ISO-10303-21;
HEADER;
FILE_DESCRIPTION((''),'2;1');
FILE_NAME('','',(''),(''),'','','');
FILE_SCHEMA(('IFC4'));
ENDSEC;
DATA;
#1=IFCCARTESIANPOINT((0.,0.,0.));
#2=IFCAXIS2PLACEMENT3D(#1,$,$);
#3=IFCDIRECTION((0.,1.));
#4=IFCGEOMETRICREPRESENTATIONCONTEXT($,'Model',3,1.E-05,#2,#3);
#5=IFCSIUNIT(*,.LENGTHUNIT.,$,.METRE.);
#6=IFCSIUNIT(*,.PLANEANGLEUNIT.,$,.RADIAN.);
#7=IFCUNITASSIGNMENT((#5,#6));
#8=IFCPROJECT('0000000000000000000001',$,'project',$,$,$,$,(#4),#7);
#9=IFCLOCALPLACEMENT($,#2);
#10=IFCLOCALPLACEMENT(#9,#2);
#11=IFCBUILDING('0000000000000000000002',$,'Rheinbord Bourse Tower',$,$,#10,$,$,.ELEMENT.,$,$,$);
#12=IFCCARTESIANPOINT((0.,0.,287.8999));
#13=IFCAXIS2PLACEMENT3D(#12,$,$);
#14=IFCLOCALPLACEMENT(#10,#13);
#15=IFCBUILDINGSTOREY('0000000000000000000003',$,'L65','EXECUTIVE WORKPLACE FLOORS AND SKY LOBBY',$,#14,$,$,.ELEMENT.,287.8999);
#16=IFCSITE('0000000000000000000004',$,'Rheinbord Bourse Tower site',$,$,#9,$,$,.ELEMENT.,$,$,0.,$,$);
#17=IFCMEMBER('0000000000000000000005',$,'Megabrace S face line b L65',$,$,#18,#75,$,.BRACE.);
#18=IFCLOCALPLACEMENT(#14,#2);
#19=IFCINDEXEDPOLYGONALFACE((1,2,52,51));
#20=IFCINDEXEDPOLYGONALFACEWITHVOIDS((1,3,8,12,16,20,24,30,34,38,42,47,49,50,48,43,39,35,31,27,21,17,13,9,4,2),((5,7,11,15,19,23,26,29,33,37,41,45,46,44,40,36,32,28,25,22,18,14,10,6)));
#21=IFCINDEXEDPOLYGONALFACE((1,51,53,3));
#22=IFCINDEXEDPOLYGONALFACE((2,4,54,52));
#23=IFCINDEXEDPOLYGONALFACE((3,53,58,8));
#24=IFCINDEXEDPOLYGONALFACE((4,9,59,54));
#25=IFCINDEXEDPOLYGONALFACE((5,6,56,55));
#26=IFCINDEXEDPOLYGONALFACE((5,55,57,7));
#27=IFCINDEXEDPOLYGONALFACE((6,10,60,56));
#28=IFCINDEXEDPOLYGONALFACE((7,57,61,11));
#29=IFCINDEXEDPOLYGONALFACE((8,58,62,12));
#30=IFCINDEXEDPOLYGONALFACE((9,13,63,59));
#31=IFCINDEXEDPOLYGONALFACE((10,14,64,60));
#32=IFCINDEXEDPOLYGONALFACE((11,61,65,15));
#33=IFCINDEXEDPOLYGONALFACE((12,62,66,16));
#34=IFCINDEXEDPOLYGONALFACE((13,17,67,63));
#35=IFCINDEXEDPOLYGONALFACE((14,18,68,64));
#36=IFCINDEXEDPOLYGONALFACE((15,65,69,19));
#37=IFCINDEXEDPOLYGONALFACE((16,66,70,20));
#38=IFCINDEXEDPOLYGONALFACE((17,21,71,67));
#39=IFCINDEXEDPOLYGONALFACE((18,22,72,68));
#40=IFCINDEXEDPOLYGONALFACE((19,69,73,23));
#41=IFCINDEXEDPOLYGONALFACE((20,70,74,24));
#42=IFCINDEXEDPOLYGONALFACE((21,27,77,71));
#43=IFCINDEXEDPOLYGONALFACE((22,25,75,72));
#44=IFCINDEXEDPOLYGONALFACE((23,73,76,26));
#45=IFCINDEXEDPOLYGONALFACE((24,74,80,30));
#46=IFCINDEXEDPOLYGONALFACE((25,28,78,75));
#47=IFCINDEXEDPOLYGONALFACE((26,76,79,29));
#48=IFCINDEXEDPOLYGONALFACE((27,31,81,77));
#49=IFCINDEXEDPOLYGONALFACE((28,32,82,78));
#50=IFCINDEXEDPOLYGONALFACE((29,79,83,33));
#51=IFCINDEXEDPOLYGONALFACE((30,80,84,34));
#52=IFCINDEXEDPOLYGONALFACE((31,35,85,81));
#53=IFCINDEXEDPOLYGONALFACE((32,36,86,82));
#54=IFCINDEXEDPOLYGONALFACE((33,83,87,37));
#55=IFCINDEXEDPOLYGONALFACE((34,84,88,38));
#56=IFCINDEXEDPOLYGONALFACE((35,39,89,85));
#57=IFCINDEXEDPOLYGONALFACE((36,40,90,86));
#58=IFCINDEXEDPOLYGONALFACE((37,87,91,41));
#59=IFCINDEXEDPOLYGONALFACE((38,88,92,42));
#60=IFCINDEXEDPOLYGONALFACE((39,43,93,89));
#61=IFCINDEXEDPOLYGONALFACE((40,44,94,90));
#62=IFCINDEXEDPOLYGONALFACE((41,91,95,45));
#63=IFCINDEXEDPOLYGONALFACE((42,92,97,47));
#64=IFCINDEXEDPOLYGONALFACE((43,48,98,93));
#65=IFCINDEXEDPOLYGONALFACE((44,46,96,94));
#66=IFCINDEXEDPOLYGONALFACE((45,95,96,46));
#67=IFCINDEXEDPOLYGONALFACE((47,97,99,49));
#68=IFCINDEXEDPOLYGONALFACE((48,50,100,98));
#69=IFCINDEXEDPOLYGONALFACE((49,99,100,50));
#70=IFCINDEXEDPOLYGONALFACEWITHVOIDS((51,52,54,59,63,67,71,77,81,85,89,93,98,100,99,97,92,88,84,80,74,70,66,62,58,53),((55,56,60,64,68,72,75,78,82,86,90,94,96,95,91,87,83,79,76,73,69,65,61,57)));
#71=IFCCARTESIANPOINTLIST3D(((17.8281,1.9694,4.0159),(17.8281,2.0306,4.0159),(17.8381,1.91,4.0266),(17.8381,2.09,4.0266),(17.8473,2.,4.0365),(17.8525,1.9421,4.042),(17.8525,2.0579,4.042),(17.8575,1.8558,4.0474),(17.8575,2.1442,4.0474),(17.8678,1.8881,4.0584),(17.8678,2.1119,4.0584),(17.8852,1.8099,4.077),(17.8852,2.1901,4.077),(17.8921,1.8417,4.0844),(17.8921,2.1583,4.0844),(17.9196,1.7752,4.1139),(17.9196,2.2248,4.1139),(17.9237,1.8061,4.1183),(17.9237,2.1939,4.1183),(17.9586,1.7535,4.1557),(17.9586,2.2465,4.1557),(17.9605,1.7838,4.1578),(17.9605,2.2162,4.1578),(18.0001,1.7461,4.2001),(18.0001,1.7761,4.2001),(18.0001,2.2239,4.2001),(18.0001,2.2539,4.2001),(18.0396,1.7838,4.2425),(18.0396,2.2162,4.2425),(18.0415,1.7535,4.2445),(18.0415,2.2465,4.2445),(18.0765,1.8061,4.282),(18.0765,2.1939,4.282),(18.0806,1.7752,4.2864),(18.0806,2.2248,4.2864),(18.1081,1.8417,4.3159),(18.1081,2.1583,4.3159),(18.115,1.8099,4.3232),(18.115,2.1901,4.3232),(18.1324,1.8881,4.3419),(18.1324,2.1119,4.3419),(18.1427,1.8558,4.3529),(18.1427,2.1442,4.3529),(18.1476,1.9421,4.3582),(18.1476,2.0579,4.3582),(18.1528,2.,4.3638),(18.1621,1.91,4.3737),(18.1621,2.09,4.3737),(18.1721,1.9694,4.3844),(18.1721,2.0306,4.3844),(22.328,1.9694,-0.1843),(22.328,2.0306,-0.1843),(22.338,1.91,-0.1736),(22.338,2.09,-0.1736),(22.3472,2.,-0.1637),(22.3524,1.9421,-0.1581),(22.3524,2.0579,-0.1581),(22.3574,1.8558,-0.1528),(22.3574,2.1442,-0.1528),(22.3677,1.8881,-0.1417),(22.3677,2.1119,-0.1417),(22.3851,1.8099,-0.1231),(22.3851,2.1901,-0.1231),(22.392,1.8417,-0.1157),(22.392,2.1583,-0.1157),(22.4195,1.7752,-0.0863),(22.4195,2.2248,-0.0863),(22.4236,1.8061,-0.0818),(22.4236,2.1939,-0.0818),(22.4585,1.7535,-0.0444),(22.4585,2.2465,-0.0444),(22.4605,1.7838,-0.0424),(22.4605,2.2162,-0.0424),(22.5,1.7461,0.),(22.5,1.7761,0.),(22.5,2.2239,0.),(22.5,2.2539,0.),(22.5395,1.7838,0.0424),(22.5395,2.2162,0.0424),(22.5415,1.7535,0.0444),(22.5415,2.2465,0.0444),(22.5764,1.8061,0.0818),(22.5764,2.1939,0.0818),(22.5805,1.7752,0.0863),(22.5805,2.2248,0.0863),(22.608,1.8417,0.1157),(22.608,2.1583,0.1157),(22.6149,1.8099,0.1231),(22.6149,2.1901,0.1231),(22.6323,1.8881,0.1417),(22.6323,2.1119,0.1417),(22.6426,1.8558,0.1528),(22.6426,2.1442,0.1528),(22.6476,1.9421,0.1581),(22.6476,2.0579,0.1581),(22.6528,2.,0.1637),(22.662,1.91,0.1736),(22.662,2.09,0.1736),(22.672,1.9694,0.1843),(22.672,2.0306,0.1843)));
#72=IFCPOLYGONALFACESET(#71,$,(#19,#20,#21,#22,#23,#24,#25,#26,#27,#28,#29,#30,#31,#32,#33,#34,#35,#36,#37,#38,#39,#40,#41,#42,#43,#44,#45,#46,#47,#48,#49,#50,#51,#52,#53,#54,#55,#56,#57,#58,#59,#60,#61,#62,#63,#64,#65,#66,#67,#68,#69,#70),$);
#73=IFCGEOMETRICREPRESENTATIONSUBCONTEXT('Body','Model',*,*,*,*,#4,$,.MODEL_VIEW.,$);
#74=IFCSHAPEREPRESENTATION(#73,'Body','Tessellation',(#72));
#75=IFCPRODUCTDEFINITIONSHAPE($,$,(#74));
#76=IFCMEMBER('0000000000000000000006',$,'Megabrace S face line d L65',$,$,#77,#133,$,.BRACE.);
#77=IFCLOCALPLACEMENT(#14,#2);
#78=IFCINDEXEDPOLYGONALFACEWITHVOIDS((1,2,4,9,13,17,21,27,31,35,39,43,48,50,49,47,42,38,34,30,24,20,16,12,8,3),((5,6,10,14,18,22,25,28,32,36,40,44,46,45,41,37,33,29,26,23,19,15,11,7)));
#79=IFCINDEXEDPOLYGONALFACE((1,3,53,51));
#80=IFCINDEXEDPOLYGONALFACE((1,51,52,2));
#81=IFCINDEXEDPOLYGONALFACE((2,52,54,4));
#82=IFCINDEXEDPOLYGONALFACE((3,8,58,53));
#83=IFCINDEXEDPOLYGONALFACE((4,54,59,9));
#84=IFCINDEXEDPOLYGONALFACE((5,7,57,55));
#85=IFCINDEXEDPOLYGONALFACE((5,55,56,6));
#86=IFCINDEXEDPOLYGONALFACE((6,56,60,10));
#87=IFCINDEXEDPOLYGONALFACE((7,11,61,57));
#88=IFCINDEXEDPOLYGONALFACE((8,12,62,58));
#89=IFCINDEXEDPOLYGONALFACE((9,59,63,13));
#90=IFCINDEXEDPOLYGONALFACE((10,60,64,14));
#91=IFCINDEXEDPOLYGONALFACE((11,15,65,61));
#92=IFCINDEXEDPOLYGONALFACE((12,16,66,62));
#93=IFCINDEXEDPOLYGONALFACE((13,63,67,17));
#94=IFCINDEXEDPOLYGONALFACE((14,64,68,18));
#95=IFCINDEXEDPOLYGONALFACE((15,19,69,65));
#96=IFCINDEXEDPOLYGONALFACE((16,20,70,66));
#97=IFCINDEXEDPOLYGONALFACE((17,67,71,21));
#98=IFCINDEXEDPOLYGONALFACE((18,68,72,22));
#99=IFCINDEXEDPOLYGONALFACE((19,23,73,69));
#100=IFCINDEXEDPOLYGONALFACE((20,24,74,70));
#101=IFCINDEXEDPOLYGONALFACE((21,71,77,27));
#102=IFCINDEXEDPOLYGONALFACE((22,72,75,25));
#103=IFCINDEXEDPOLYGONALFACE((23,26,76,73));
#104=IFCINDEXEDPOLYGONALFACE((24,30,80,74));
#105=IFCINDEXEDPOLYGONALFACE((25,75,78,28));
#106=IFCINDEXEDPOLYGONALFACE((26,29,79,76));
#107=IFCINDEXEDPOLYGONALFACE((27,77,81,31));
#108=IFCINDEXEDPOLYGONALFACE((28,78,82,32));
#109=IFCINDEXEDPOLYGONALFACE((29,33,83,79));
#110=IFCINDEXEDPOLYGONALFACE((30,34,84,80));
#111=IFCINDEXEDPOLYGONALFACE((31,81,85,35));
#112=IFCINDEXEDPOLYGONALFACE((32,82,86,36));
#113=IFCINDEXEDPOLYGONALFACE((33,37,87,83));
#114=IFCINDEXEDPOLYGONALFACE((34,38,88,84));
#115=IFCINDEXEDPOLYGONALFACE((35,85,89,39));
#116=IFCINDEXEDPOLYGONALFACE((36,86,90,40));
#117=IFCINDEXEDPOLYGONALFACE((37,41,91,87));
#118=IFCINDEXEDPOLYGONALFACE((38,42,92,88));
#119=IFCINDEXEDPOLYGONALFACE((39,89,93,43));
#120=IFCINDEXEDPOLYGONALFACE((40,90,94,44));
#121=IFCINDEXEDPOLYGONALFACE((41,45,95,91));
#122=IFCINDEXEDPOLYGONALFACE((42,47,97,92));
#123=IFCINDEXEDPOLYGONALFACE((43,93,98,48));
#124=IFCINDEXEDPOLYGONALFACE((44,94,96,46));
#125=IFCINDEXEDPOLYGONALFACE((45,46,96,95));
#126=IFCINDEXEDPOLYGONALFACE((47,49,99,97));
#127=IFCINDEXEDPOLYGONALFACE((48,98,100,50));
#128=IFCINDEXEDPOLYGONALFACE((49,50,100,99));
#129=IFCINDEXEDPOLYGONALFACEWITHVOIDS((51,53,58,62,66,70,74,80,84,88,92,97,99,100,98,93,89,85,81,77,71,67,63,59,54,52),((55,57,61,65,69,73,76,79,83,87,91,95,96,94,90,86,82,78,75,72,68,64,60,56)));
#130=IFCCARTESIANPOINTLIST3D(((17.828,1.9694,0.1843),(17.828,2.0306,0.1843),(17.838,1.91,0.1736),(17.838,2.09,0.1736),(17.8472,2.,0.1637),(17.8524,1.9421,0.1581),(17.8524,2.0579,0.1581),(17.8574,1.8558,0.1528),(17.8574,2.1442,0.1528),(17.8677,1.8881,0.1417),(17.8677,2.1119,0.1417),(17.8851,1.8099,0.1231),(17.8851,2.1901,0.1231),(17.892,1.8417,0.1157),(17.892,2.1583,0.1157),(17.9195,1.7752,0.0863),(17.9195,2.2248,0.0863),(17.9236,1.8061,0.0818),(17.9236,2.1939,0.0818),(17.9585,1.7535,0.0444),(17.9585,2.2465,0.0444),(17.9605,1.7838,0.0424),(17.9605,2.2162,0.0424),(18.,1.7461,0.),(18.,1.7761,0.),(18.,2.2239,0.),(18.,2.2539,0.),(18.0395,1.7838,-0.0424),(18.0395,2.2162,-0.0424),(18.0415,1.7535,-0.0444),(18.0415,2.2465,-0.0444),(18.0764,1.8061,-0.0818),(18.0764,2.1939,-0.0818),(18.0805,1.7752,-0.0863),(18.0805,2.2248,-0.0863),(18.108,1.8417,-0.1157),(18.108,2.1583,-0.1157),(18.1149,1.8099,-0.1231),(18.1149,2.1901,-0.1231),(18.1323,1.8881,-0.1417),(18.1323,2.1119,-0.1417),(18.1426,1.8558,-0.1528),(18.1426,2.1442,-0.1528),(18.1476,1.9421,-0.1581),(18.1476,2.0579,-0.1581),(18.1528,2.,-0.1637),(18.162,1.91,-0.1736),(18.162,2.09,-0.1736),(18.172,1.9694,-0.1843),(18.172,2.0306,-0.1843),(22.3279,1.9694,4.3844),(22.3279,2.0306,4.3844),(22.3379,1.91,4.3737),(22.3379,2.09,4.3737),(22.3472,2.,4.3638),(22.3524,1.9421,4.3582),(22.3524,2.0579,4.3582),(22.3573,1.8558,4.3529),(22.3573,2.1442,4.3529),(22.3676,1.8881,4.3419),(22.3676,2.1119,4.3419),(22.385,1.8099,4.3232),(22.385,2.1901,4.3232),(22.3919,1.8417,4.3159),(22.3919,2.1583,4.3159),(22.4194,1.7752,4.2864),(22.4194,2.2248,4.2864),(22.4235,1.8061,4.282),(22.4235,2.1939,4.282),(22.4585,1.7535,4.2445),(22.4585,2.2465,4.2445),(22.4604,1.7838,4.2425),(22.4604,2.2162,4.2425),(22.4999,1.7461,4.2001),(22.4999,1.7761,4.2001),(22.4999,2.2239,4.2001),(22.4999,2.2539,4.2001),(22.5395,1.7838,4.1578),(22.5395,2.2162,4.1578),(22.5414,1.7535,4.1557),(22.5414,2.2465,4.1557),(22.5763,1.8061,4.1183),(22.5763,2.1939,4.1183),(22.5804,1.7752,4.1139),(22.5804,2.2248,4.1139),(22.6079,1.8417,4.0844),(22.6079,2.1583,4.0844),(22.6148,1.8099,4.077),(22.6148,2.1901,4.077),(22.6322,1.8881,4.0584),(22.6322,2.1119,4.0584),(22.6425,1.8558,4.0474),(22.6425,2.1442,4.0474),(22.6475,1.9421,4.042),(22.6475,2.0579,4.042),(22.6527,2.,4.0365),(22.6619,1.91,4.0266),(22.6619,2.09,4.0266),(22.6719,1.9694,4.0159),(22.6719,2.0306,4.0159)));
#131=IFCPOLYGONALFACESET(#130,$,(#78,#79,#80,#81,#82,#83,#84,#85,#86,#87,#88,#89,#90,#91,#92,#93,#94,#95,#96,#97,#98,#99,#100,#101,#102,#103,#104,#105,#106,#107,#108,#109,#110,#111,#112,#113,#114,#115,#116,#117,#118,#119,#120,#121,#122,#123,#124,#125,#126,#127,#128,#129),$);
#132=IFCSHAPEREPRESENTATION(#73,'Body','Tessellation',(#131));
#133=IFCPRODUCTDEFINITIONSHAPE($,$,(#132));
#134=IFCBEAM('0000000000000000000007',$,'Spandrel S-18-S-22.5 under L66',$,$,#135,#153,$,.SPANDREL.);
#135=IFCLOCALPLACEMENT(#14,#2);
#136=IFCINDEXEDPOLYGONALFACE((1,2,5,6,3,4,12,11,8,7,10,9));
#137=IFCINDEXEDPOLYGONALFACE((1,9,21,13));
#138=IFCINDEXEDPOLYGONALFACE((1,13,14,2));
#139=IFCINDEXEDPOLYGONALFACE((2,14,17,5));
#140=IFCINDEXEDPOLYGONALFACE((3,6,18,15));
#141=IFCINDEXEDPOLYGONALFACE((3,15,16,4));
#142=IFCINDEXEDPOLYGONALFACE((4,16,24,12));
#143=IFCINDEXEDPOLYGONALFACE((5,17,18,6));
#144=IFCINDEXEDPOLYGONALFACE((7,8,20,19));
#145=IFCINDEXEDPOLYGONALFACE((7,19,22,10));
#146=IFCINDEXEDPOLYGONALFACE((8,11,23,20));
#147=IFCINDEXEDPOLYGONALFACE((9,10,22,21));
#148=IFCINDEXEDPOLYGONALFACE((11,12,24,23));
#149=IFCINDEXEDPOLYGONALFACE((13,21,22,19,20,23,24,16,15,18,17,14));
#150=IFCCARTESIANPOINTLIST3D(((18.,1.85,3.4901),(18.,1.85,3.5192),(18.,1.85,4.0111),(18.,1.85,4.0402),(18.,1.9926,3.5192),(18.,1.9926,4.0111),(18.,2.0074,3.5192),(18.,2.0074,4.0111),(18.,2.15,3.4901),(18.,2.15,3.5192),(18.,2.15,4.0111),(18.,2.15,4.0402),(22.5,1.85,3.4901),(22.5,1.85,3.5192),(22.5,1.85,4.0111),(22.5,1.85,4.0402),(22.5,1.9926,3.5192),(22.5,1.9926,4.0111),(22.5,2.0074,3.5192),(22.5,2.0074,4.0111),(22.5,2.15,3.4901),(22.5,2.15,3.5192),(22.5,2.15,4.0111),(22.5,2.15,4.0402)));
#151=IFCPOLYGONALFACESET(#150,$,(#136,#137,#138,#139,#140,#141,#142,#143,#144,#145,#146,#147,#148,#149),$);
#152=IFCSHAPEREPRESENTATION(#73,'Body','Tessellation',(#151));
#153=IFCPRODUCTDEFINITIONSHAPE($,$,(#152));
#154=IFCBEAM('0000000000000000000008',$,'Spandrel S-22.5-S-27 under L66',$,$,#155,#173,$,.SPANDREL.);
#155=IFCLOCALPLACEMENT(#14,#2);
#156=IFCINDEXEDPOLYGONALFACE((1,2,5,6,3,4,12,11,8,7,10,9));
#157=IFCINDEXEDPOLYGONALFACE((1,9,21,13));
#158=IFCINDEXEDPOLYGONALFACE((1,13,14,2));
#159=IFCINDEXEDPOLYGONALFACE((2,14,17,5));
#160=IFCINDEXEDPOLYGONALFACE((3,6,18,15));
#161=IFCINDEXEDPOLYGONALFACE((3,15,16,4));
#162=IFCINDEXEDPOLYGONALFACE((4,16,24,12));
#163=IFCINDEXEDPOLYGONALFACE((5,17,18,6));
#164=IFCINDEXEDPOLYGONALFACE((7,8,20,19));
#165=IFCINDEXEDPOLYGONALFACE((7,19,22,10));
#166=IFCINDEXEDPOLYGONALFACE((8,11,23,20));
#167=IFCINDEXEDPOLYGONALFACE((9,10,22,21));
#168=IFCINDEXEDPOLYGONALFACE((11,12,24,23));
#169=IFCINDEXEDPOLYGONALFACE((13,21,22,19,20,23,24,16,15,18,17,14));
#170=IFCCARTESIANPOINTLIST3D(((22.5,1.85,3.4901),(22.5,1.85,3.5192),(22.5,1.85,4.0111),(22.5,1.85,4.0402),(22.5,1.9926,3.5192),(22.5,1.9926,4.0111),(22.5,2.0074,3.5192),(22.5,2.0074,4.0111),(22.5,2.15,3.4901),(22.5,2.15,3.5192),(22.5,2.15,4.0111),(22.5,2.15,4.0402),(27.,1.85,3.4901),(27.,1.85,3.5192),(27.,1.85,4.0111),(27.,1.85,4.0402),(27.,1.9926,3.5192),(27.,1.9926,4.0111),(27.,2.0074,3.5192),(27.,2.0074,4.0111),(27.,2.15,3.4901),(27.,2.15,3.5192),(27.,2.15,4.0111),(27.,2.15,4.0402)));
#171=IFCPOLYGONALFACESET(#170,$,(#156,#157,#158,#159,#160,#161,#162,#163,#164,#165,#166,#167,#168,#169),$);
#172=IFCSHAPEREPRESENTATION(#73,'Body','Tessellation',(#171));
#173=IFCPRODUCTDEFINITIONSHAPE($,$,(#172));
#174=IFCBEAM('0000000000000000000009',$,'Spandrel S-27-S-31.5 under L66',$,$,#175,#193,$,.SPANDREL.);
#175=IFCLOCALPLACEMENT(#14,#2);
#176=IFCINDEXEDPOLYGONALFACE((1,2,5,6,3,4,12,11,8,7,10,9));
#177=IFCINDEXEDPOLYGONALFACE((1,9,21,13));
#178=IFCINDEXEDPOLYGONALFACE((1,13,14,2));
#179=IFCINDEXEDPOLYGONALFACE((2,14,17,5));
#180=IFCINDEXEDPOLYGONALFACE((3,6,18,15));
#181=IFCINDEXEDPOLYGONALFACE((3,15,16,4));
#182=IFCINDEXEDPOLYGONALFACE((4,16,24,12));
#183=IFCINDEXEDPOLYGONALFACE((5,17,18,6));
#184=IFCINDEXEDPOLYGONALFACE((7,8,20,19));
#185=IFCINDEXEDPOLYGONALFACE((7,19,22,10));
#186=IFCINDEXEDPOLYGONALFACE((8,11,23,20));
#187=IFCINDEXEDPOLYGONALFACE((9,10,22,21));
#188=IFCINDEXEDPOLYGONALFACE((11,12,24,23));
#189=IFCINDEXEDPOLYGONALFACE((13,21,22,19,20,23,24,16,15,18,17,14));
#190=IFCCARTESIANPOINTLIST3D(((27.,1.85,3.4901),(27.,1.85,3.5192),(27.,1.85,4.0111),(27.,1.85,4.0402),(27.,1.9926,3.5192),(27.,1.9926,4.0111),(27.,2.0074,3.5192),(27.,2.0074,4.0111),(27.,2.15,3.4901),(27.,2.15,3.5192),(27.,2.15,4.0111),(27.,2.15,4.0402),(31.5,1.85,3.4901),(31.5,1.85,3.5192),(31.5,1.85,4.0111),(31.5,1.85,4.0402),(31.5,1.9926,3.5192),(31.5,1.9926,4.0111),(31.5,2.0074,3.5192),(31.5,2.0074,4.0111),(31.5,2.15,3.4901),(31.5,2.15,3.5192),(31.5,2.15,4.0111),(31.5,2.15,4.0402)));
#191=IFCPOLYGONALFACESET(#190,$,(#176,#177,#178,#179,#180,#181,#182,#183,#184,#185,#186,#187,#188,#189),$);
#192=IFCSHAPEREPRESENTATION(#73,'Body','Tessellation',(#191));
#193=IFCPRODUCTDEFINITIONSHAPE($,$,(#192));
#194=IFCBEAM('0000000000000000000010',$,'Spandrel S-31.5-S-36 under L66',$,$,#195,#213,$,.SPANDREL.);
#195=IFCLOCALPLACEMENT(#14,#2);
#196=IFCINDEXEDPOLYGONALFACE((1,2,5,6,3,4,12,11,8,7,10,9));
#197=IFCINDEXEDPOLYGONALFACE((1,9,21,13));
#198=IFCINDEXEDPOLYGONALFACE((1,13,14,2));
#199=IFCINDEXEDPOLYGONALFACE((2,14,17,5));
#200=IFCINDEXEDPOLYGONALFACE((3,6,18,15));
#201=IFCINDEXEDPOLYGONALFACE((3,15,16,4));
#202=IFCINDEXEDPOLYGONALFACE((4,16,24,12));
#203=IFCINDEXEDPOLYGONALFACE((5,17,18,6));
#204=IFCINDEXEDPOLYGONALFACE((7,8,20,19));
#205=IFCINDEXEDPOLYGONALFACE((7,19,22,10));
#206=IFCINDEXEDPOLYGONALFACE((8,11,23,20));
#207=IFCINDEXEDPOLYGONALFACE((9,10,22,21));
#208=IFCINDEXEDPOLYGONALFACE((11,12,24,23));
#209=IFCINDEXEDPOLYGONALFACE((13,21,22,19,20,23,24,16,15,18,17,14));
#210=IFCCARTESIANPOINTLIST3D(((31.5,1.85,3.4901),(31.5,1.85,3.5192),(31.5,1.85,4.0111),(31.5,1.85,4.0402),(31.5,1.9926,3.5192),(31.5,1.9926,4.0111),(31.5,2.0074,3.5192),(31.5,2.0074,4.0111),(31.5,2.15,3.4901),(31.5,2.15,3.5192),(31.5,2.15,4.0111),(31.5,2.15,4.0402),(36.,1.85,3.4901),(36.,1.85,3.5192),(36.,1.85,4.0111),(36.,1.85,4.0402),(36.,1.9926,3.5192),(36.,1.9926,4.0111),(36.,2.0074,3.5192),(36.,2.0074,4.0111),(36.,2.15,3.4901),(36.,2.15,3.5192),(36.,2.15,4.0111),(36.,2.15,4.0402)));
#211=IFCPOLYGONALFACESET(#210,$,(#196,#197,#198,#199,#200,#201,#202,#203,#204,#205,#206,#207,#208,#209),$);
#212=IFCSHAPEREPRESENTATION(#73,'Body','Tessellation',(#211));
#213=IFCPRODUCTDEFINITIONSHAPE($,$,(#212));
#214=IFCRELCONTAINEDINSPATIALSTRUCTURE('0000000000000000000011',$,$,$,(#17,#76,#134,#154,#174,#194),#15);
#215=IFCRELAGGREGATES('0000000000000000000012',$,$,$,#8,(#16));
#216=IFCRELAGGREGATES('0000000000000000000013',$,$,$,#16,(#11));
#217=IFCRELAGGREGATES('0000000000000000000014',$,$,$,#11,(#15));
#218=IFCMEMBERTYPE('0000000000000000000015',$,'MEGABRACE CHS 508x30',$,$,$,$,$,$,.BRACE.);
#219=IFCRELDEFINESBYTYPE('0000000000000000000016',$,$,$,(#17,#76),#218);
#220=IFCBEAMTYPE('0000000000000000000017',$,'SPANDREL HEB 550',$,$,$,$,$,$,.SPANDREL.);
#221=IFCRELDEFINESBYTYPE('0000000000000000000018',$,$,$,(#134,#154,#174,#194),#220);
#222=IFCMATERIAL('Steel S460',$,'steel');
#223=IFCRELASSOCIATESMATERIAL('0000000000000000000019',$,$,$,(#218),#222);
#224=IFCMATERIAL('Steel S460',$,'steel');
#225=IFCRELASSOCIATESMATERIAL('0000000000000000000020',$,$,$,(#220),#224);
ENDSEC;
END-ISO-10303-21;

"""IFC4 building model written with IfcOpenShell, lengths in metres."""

from ifc_helpers import new_model, si_unit, direction, frame, origin, origin_2d, place, context, subcontext, project, spatial, hollow_circle, i_section, extrude, material, material_profile, profile_set, type_object, element, save


model = new_model("IFC4")

# Units and contexts
model_context = context("Model", 3, precision=1e-05, world=origin(), true_north=direction((0.0, 1.0)))
body_context = subcontext(model_context, "Body", "Model", "MODEL_VIEW")
ifc_project = project(units=[si_unit("LENGTHUNIT", "METRE"), si_unit("PLANEANGLEUNIT", "RADIAN")], contexts=[model_context])

# Site, building, storey
site_placement = place(None, origin())
site = spatial("IfcSite", under=ifc_project, at=site_placement, Name="Rheinbord Bourse Tower site", CompositionType="ELEMENT", RefElevation=0.0)
building_placement = place(site_placement, origin())
building = spatial("IfcBuilding", under=site, at=building_placement, Name="Rheinbord Bourse Tower", CompositionType="ELEMENT")
storey_placement = place(building_placement, frame((0.0, 0.0, 287.8999)))
storey = spatial("IfcBuildingStorey", under=building, at=storey_placement, Name="L65", Description="EXECUTIVE WORKPLACE FLOORS AND SKY LOBBY", CompositionType="ELEMENT", Elevation=287.8999)

# Members
ifc_material_1 = material(Name="Steel S460", Category="steel")
ifc_material_profile_1 = material_profile(ifc_material_1, hollow_circle(Radius=0.2539, WallThickness=0.03, at=origin_2d()), Name="CHS 508x30")
ifc_profile_set_1 = profile_set([ifc_material_profile_1], Name="Steel S460")
member_type_1 = type_object("IfcMemberType", Name="MEGABRACE CHS 508x30", PredefinedType="BRACE", material=ifc_profile_set_1)
for number, where, z_axis, x_axis, name in (
    (1, (22.5, 2.0, 0.0), (-0.731039, 0.0, 0.682335), (0.0, -1.0, 0.0), "Megabrace S face line b L65"),
    (2, (18.0, 2.0, 0.0), (0.731039, 0.0, 0.682335), (0.0, 1.0, 0.0), "Megabrace S face line d L65"),
):
    element("IfcMember", number, at=place(storey_placement, frame(where, z_axis=z_axis, x_axis=x_axis)), inside=storey, type_object=member_type_1, Name=name, PredefinedType="BRACE", context=body_context, shape_type="SweptSolid", body=[
        extrude(hollow_circle(Radius=0.2539, WallThickness=0.03, at=origin_2d()), origin(), (0.0, 0.0, 1.0), 6.1555),
    ])

# Beams
ifc_material_2 = material(Name="Steel S460", Category="steel")
ifc_material_profile_2 = material_profile(ifc_material_2, i_section(OverallWidth=0.3, OverallDepth=0.55, WebThickness=0.0149, FlangeThickness=0.0291, at=origin_2d()), Name="HEB 550")
ifc_profile_set_2 = profile_set([ifc_material_profile_2], Name="Steel S460")
beam_type_1 = type_object("IfcBeamType", Name="SPANDREL HEB 550", PredefinedType="SPANDREL", material=ifc_profile_set_2)
for number, where, z_axis, x_axis, name in (
    (3, (18.0, 2.0, 3.7651), (1.0, 0.0, 0.0), (0.0, 1.0, 0.0), "Spandrel S-18-S-22.5 under L66"),
    (4, (22.5, 2.0, 3.7651), (1.0, 0.0, 0.0), (0.0, 1.0, 0.0), "Spandrel S-22.5-S-27 under L66"),
    (5, (27.0, 2.0, 3.7651), (1.0, 0.0, 0.0), (0.0, 1.0, 0.0), "Spandrel S-27-S-31.5 under L66"),
    (6, (31.5, 2.0, 3.7651), (1.0, 0.0, 0.0), (0.0, 1.0, 0.0), "Spandrel S-31.5-S-36 under L66"),
):
    element("IfcBeam", number, at=place(storey_placement, frame(where, z_axis=z_axis, x_axis=x_axis)), inside=storey, type_object=beam_type_1, Name=name, PredefinedType="SPANDREL", context=body_context, shape_type="SweptSolid", body=[
        extrude(i_section(OverallWidth=0.3, OverallDepth=0.55, WebThickness=0.0149, FlangeThickness=0.0291, at=origin_2d()), origin(), (0.0, 0.0, 1.0), 4.5),
    ])

save(model, "model.ifc")
